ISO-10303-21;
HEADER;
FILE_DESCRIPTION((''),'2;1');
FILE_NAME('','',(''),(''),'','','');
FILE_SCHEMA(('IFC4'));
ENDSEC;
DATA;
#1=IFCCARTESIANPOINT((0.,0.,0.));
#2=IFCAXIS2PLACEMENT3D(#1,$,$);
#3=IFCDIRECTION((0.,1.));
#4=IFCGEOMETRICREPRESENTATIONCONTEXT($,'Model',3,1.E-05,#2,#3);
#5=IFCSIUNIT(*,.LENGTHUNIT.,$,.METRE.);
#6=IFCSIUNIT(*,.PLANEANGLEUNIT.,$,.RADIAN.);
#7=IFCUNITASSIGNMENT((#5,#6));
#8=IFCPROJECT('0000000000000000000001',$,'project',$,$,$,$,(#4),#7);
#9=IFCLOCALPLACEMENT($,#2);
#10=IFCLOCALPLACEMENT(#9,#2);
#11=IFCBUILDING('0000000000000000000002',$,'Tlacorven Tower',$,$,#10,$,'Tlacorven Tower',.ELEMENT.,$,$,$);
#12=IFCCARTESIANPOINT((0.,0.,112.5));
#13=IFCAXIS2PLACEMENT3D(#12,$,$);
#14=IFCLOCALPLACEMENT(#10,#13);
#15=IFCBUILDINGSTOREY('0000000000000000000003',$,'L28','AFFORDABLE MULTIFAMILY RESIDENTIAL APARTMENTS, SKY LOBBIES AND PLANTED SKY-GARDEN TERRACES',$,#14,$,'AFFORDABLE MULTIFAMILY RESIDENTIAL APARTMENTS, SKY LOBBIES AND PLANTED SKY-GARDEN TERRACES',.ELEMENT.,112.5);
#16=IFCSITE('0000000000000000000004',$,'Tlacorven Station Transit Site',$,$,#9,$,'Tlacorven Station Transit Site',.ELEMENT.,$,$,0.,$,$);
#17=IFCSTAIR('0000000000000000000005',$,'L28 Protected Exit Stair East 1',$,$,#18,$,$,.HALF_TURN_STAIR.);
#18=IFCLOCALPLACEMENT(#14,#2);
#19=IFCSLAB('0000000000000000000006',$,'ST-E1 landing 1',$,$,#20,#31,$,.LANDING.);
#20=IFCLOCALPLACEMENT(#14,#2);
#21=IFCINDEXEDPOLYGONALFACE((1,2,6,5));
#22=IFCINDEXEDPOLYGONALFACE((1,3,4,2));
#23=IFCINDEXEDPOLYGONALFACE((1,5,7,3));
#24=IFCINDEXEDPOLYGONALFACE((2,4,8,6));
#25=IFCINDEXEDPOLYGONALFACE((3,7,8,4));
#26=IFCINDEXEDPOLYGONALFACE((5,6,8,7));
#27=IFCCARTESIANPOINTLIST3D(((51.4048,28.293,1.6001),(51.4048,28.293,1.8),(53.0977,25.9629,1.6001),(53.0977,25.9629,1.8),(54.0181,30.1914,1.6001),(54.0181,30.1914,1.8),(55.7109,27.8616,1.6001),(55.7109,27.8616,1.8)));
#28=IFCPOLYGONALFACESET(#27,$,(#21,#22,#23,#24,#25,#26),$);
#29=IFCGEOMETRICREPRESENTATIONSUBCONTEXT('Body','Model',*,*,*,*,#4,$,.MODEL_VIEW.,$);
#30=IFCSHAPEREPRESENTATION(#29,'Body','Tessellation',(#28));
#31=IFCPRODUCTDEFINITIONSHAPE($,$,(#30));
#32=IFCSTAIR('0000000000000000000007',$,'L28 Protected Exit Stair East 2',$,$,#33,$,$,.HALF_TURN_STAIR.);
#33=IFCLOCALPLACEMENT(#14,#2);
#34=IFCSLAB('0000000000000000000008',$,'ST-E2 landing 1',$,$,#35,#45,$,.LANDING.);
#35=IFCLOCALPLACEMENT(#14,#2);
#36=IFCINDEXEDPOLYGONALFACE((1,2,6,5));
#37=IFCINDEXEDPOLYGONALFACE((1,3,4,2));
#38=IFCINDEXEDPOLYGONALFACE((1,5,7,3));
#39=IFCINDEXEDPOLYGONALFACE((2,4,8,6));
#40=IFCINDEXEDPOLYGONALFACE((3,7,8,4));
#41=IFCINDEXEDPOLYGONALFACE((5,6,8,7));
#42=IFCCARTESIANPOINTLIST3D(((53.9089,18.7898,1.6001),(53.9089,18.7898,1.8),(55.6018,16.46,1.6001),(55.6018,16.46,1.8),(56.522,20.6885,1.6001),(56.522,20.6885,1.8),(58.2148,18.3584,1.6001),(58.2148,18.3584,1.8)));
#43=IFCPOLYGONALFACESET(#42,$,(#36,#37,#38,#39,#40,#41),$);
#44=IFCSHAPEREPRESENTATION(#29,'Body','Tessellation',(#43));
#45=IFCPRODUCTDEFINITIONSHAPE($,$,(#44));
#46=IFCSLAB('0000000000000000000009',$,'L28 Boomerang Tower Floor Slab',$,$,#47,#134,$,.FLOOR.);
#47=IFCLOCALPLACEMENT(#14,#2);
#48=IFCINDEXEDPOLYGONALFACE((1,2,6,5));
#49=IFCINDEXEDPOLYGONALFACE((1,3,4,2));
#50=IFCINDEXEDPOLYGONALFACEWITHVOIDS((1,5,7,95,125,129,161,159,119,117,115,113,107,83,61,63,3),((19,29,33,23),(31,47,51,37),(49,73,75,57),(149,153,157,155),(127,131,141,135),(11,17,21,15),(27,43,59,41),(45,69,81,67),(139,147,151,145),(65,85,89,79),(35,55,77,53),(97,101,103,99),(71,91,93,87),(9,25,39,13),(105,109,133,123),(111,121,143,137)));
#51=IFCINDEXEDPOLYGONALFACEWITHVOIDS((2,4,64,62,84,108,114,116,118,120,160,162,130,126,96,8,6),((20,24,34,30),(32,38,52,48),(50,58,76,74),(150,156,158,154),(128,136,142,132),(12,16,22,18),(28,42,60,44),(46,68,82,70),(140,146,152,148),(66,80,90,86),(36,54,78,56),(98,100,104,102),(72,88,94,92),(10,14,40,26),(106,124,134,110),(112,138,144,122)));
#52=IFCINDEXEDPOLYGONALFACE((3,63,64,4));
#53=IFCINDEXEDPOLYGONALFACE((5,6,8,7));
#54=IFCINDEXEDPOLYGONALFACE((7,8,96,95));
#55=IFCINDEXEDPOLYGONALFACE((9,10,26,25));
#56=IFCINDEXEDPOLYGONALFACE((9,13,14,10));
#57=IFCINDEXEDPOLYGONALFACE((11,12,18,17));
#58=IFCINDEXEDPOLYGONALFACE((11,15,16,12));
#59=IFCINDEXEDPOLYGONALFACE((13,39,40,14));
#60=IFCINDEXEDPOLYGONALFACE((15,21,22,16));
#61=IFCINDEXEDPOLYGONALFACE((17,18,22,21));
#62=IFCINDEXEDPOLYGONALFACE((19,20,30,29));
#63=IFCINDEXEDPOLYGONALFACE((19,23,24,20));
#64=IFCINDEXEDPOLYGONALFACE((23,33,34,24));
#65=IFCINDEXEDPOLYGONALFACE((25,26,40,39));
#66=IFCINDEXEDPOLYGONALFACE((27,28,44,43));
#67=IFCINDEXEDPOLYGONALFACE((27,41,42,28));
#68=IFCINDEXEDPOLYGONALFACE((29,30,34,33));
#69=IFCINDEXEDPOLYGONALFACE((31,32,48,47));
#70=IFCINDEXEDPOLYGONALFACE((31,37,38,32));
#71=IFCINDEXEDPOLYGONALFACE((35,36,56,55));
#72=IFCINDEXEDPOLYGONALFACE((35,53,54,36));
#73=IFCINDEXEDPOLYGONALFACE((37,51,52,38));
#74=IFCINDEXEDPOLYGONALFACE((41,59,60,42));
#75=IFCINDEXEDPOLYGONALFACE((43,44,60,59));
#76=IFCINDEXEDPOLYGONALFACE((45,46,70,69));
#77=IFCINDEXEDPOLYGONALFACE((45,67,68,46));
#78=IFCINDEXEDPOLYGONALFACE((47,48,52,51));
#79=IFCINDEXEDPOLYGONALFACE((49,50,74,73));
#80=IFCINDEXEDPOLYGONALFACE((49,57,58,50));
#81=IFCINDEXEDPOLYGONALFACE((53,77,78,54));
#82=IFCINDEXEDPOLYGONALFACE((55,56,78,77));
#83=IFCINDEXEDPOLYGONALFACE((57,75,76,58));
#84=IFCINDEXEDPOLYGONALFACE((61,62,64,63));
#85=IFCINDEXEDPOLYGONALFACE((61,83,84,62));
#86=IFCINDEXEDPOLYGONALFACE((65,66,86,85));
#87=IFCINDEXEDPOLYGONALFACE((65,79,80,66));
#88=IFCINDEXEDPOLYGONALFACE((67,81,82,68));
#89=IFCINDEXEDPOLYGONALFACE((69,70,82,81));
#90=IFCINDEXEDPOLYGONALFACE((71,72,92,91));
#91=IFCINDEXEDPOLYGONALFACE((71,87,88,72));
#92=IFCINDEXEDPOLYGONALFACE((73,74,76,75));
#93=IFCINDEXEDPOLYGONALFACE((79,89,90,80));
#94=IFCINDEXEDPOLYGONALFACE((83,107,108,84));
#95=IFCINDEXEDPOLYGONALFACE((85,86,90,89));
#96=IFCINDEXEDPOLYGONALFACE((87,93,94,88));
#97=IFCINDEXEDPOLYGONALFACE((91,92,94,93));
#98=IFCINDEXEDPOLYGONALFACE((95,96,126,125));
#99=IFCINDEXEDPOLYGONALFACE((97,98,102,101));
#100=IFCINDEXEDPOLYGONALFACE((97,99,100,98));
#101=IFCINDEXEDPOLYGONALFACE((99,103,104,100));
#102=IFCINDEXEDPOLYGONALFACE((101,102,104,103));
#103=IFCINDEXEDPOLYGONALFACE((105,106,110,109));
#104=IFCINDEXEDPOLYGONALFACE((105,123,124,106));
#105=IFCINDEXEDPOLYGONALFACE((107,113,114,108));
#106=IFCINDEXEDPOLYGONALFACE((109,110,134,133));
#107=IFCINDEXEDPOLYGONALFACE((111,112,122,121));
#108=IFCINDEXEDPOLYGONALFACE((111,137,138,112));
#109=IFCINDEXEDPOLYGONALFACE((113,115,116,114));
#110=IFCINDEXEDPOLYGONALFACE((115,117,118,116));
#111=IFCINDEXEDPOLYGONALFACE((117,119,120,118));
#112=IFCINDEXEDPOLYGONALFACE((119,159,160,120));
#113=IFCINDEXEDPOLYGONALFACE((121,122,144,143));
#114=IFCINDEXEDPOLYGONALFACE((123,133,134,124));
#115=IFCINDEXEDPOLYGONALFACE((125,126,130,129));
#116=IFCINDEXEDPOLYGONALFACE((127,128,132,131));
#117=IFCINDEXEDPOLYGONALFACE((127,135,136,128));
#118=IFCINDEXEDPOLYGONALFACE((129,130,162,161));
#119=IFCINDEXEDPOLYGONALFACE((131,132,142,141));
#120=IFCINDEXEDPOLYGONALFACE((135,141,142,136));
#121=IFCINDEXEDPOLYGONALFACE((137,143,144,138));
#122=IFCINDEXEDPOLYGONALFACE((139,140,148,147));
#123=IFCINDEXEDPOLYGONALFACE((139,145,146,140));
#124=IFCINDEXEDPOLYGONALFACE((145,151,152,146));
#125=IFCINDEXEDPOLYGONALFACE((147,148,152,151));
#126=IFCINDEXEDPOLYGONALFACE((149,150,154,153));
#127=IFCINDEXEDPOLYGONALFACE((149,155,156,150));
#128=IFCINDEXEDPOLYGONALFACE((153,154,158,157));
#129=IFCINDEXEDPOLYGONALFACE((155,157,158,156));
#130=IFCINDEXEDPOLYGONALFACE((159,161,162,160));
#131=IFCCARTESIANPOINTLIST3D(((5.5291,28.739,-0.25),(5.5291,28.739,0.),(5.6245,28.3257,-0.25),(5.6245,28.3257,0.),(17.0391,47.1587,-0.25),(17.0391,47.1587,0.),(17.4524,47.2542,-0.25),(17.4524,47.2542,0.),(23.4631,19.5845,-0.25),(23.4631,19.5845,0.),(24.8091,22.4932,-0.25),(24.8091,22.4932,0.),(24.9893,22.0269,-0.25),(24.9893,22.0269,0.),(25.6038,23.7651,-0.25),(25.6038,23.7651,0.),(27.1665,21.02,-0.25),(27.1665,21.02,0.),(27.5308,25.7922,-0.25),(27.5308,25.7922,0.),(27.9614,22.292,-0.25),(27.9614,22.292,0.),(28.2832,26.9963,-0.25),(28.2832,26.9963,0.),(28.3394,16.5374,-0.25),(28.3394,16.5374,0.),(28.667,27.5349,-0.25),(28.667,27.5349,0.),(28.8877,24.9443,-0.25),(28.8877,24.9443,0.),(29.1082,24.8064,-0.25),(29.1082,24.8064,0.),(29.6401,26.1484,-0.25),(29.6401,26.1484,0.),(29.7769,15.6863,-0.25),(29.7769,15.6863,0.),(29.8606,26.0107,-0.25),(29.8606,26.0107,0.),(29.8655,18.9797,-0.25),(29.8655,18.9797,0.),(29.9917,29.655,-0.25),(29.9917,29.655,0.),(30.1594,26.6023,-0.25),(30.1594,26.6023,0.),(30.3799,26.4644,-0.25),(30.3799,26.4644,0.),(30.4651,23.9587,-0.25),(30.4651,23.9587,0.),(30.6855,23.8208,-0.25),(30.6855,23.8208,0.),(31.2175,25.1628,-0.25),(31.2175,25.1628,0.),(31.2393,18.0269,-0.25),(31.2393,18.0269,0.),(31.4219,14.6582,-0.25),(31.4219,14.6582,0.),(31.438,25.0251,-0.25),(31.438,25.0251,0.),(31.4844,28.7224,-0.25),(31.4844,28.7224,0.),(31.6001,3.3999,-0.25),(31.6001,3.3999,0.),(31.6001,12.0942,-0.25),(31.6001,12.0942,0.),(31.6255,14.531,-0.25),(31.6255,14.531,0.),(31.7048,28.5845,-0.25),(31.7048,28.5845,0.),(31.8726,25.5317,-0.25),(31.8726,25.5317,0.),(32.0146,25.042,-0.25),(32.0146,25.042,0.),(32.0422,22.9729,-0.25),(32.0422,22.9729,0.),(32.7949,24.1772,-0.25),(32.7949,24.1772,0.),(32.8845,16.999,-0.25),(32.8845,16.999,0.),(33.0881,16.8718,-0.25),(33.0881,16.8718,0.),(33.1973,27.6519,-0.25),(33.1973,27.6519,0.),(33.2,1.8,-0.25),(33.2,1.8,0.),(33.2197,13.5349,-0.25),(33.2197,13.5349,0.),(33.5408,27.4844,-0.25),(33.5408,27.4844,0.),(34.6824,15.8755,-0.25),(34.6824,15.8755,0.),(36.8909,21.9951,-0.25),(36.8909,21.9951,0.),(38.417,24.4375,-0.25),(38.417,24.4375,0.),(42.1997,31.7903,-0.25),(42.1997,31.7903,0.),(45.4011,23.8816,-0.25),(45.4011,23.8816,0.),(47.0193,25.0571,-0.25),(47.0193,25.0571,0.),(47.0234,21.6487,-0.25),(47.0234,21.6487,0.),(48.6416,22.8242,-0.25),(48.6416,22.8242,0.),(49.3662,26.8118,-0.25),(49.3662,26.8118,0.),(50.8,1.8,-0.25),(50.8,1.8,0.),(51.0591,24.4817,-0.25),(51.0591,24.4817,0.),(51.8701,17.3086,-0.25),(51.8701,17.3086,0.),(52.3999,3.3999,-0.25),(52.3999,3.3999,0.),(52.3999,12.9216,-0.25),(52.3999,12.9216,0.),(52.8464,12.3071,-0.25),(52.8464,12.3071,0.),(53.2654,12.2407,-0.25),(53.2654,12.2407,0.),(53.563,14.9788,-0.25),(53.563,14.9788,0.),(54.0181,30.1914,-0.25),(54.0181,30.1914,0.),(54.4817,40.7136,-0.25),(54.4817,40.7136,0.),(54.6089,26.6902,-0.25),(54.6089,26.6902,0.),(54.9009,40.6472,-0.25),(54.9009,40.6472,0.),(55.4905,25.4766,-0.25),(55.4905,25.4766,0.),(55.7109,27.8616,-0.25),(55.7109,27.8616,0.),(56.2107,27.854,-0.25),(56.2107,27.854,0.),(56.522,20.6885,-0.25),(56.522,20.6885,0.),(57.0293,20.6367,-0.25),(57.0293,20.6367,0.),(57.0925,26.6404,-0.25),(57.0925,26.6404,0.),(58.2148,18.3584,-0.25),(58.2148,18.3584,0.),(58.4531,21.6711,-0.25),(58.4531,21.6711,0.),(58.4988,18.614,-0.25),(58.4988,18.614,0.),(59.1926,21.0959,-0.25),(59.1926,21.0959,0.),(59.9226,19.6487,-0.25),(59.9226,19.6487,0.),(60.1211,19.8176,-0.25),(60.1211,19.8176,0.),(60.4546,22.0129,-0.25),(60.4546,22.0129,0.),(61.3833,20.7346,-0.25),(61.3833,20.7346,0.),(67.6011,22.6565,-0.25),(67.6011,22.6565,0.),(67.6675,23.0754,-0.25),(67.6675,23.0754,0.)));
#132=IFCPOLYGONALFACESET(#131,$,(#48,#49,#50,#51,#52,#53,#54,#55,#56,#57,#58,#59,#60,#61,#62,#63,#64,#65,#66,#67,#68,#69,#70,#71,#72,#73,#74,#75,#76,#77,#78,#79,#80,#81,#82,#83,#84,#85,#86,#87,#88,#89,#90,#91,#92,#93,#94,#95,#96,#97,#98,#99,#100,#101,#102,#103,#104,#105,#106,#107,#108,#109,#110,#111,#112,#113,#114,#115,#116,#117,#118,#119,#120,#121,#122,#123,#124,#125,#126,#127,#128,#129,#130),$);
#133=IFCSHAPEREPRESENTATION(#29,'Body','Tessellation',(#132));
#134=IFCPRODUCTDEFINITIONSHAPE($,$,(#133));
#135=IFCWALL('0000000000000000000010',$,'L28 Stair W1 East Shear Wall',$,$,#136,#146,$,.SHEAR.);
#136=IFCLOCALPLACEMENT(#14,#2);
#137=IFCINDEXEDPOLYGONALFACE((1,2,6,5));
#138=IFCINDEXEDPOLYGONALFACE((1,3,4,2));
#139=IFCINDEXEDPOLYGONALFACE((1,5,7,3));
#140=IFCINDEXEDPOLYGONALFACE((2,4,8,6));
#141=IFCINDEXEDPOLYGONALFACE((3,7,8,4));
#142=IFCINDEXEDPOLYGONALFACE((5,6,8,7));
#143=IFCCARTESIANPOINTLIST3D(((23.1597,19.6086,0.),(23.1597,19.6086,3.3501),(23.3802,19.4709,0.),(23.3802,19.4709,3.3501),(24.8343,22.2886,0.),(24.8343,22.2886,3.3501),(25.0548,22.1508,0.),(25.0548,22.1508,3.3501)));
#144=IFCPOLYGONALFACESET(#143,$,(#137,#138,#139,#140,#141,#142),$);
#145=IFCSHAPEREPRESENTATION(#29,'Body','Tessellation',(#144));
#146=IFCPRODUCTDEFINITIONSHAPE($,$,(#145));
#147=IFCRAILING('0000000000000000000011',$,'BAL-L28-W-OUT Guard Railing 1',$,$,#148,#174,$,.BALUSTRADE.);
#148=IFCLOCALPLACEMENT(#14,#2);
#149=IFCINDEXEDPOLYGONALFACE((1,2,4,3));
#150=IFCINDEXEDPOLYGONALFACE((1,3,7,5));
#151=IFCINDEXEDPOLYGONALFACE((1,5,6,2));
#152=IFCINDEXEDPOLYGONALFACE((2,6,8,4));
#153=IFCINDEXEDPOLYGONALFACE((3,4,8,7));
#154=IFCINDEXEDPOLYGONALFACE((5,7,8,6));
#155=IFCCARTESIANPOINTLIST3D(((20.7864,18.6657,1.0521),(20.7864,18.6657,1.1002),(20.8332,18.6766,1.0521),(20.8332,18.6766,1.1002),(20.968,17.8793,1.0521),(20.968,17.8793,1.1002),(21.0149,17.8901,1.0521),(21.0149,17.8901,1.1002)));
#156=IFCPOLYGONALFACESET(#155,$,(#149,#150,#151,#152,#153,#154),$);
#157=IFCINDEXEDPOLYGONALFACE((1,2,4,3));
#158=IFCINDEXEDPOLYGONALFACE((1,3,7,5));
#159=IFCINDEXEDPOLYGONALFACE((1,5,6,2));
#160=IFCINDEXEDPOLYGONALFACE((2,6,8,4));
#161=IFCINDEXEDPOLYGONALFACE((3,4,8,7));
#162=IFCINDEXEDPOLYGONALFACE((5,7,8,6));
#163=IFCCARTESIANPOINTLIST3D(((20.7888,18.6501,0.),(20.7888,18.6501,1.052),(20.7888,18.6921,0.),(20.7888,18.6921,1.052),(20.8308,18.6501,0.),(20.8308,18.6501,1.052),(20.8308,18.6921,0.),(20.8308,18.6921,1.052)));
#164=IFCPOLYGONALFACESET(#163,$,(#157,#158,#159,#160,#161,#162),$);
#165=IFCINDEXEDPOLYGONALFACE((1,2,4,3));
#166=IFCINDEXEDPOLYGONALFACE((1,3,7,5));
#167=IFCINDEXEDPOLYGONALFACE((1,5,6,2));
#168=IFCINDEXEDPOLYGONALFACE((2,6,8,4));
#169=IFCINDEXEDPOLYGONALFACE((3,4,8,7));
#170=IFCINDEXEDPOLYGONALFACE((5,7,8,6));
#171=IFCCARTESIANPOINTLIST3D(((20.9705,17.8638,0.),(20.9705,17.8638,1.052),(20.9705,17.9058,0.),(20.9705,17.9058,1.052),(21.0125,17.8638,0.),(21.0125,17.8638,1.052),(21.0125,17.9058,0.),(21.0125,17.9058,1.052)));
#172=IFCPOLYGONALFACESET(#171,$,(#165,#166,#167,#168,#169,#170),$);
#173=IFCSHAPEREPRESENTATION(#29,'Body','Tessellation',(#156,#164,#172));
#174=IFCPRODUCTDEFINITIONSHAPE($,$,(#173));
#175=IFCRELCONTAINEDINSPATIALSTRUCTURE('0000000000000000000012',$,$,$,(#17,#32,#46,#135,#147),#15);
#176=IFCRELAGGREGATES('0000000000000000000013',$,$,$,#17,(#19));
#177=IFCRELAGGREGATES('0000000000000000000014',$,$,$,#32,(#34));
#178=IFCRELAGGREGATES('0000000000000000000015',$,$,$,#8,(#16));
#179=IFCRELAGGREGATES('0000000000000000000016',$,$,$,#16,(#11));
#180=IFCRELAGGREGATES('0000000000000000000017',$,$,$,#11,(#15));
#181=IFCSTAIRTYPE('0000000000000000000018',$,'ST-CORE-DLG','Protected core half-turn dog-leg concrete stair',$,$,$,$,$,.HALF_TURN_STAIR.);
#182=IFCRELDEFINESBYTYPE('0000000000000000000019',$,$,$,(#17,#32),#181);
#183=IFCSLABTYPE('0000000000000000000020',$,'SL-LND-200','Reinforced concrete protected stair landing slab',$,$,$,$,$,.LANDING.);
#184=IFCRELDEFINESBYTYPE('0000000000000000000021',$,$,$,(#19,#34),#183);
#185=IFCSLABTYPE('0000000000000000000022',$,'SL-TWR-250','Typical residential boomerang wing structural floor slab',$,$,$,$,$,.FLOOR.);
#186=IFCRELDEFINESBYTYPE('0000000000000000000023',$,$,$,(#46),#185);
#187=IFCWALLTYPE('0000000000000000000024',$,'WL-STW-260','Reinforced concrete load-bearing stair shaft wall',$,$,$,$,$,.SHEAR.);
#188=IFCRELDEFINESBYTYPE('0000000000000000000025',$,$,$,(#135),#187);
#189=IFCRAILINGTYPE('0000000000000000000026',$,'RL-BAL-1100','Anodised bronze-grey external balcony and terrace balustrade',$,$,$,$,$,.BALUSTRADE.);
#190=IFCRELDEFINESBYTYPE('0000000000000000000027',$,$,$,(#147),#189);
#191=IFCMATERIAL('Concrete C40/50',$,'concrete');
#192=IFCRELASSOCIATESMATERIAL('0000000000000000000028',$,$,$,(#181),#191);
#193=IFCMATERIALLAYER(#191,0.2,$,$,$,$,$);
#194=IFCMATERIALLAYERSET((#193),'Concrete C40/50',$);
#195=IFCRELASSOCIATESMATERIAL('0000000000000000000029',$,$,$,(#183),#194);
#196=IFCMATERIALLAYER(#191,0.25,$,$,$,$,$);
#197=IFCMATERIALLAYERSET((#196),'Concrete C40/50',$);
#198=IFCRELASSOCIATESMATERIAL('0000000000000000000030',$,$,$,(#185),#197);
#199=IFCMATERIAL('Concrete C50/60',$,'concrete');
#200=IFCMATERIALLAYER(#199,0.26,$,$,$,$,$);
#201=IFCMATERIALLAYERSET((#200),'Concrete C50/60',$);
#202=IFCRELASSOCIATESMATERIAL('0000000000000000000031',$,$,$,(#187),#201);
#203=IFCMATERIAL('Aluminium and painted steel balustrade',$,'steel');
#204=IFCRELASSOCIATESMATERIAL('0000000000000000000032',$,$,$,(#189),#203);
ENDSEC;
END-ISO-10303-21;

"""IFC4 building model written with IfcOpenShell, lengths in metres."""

from ifc_helpers import new_model, si_unit, direction, frame, frame_2d, origin, origin_2d, place, context, subcontext, project, spatial, polyline, rectangle, outline, extrude, source, transform, mapped, material, layer, layer_set, type_object, element, aggregate, save


model = new_model("IFC4")

# Units and contexts
model_context = context("Model", 3, precision=1e-05, world=origin(), true_north=direction((0.0, 1.0)))
body_context = subcontext(model_context, "Body", "Model", "MODEL_VIEW")
ifc_project = project(units=[si_unit("LENGTHUNIT", "METRE"), si_unit("PLANEANGLEUNIT", "RADIAN")], contexts=[model_context])

# Site, building, storey
site_placement = place(None, origin())
site = spatial("IfcSite", under=ifc_project, at=site_placement, Name="Tlacorven Station Transit Site", LongName="Tlacorven Station Transit Site", CompositionType="ELEMENT", RefElevation=0.0)
building_placement = place(site_placement, origin())
building = spatial("IfcBuilding", under=site, at=building_placement, Name="Tlacorven Tower", LongName="Tlacorven Tower", CompositionType="ELEMENT")
storey_placement = place(building_placement, frame((0.0, 0.0, 112.5)))
storey = spatial("IfcBuildingStorey", under=building, at=storey_placement, Name="L28", Description="AFFORDABLE MULTIFAMILY RESIDENTIAL APARTMENTS, SKY LOBBIES AND PLANTED SKY-GARDEN TERRACES", LongName="AFFORDABLE MULTIFAMILY RESIDENTIAL APARTMENTS, SKY LOBBIES AND PLANTED SKY-GARDEN TERRACES", CompositionType="ELEMENT", Elevation=112.5)

# Stairs, slabs
ifc_material_1 = material(Name="Concrete C40/50", Category="concrete")
stair_type = type_object("IfcStairType", Name="ST-CORE-DLG", Description="Protected core half-turn dog-leg concrete stair", PredefinedType="HALF_TURN_STAIR", material=ifc_material_1)
ifc_layer_1 = layer(ifc_material_1, 0.2)
ifc_layer_set_1 = layer_set([ifc_layer_1], Name="Concrete C40/50")
slab_type_1 = type_object("IfcSlabType", Name="SL-LND-200", Description="Reinforced concrete protected stair landing slab", PredefinedType="LANDING", material=ifc_layer_set_1)
stair_1_placement = place(storey_placement, origin())
stair_1 = element("IfcStair", 1, at=stair_1_placement, inside=storey, type_object=stair_type, Name="L28 Protected Exit Stair East 1", PredefinedType="HALF_TURN_STAIR")
slab_1_placement = place(storey_placement, frame((0.0, 0.0, 1.6001)))
slab_1 = element("IfcSlab", 2, at=slab_1_placement, type_object=slab_type_1, Name="ST-E1 landing 1", PredefinedType="LANDING", context=body_context, shape_type="SweptSolid", body=[
    extrude(outline(polyline([(53.0977, 25.9629), (55.7109, 27.8616), (54.0181, 30.1914), (51.4048, 28.293), (53.0977, 25.9629)])), origin(), (0.0, 0.0, 1.0), 0.2),
])
aggregate(stair_1, [slab_1])
stair_2_placement = place(storey_placement, origin())
stair_2 = element("IfcStair", 3, at=stair_2_placement, inside=storey, type_object=stair_type, Name="L28 Protected Exit Stair East 2", PredefinedType="HALF_TURN_STAIR")
slab_2_placement = place(storey_placement, frame((0.0, 0.0, 1.6001)))
slab_2 = element("IfcSlab", 4, at=slab_2_placement, type_object=slab_type_1, Name="ST-E2 landing 1", PredefinedType="LANDING", context=body_context, shape_type="SweptSolid", body=[
    extrude(outline(polyline([(55.6018, 16.46), (58.2148, 18.3584), (56.522, 20.6885), (53.9089, 18.7898), (55.6018, 16.46)])), origin(), (0.0, 0.0, 1.0), 0.2),
])
aggregate(stair_2, [slab_2])

# Slab
ifc_layer_2 = layer(ifc_material_1, 0.25)
ifc_layer_set_2 = layer_set([ifc_layer_2], Name="Concrete C40/50")
slab_type_2 = type_object("IfcSlabType", Name="SL-TWR-250", Description="Typical residential boomerang wing structural floor slab", PredefinedType="FLOOR", material=ifc_layer_set_2)
slab_3_placement = place(storey_placement, frame((0.0, 0.0, -0.25)))
element("IfcSlab", 5, at=slab_3_placement, inside=storey, type_object=slab_type_2, Name="L28 Boomerang Tower Floor Slab", PredefinedType="FLOOR", context=body_context, shape_type="SweptSolid", body=[
    extrude(outline(polyline([(52.3999, 3.3999), (50.8, 1.8), (33.2, 1.8), (31.6001, 3.3999), (31.6001, 12.0942), (5.6245, 28.3257), (5.5291, 28.739), (17.0391, 47.1587), (17.4524, 47.2542), (42.1997, 31.7903), (54.4817, 40.7136), (54.9009, 40.6472), (67.6675, 23.0754), (67.6011, 22.6565), (53.2654, 12.2407), (52.8464, 12.3071), (52.3999, 12.9216), (52.3999, 3.3999)]), holes=[polyline([(29.8655, 18.9797), (24.9893, 22.0269), (23.4631, 19.5845), (28.3394, 16.5374), (29.8655, 18.9797)]), polyline([(38.417, 24.4375), (33.5408, 27.4844), (32.0146, 25.042), (36.8909, 21.9951), (38.417, 24.4375)]), polyline([(51.0591, 24.4817), (55.7109, 27.8616), (54.0181, 30.1914), (49.3662, 26.8118), (51.0591, 24.4817)]), polyline([(53.563, 14.9788), (58.2148, 18.3584), (56.522, 20.6885), (51.8701, 17.3086), (53.563, 14.9788)]), polyline([(34.6824, 15.8755), (33.0881, 16.8718), (31.6255, 14.531), (33.2197, 13.5349), (34.6824, 15.8755)]), polyline([(32.8845, 16.999), (31.2393, 18.0269), (29.7769, 15.6863), (31.4219, 14.6582), (32.8845, 16.999)]), polyline([(47.0234, 21.6487), (48.6416, 22.8242), (47.0193, 25.0571), (45.4011, 23.8816), (47.0234, 21.6487)]), polyline([(33.1973, 27.6519), (31.7048, 28.5845), (30.3799, 26.4644), (31.8726, 25.5317), (33.1973, 27.6519)]), polyline([(31.4844, 28.7224), (29.9917, 29.655), (28.667, 27.5349), (30.1594, 26.6023), (31.4844, 28.7224)]), polyline([(32.7949, 24.1772), (31.438, 25.0251), (30.6855, 23.8208), (32.0422, 22.9729), (32.7949, 24.1772)]), polyline([(31.2175, 25.1628), (29.8606, 26.0107), (29.1082, 24.8064), (30.4651, 23.9587), (31.2175, 25.1628)]), polyline([(29.6401, 26.1484), (28.2832, 26.9963), (27.5308, 25.7922), (28.8877, 24.9443), (29.6401, 26.1484)]), polyline([(58.4988, 18.614), (59.9226, 19.6487), (58.4531, 21.6711), (57.0293, 20.6367), (58.4988, 18.614)]), polyline([(27.9614, 22.292), (25.6038, 23.7651), (24.8091, 22.4932), (27.1665, 21.02), (27.9614, 22.292)]), polyline([(55.4905, 25.4766), (57.0925, 26.6404), (56.2107, 27.854), (54.6089, 26.6902), (55.4905, 25.4766)]), polyline([(60.1211, 19.8176), (61.3833, 20.7346), (60.4546, 22.0129), (59.1926, 21.0959), (60.1211, 19.8176)])]), origin(), (0.0, 0.0, 1.0), 0.25),
])

# Wall
ifc_material_2 = material(Name="Concrete C50/60", Category="concrete")
ifc_layer_3 = layer(ifc_material_2, 0.26)
ifc_layer_set_3 = layer_set([ifc_layer_3], Name="Concrete C50/60")
wall_type = type_object("IfcWallType", Name="WL-STW-260", Description="Reinforced concrete load-bearing stair shaft wall", PredefinedType="SHEAR", material=ifc_layer_set_3)
wall_placement = place(storey_placement, frame((24.9446, 22.2197, 0.0), z_axis=(0.0, 0.0, 1.0), x_axis=(-0.529909, -0.848055, 0.0)))
element("IfcWall", 6, at=wall_placement, inside=storey, type_object=wall_type, Name="L28 Stair W1 East Shear Wall", PredefinedType="SHEAR", context=body_context, shape_type="SweptSolid", body=[
    extrude(rectangle(XDim=3.1602, YDim=0.26, at=frame_2d((1.5801, 0.0))), origin(), (0.0, 0.0, 1.0), 3.3501),
])

# Railing
ifc_material_3 = material(Name="Aluminium and painted steel balustrade", Category="steel")
railing_type = type_object("IfcRailingType", Name="RL-BAL-1100", Description="Anodised bronze-grey external balcony and terrace balustrade", PredefinedType="BALUSTRADE", material=ifc_material_3)
shared_shape_1 = source(origin(), body_context, "Body", "SweptSolid", [
    extrude(rectangle(XDim=0.0481, YDim=0.0481, at=origin_2d()), frame((0.0, 0.0, 1.0762), z_axis=(0.225058, -0.974345, 0.0), x_axis=(0.974345, 0.225058, 0.0)), (0.0, 0.0, 1.0), 0.8071),
    extrude(rectangle(XDim=0.042, YDim=0.042, at=origin_2d()), origin(), (0.0, 0.0, 1.0), 1.052),
    extrude(rectangle(XDim=0.042, YDim=0.042, at=origin_2d()), frame((0.1816, -0.7864, 0.0)), (0.0, 0.0, 1.0), 1.052),
])
railing_1_placement = place(storey_placement, frame((20.8098, 18.6711, 0.0)))
element("IfcRailing", 7, at=railing_1_placement, inside=storey, type_object=railing_type, Name="BAL-L28-W-OUT Guard Railing 1", PredefinedType="BALUSTRADE", context=body_context, shape_type="MappedRepresentation", body=[
    mapped(shared_shape_1, transform((0.0, 0.0, 0.0), scale=1.0)),
])

save(model, "model.ifc")
